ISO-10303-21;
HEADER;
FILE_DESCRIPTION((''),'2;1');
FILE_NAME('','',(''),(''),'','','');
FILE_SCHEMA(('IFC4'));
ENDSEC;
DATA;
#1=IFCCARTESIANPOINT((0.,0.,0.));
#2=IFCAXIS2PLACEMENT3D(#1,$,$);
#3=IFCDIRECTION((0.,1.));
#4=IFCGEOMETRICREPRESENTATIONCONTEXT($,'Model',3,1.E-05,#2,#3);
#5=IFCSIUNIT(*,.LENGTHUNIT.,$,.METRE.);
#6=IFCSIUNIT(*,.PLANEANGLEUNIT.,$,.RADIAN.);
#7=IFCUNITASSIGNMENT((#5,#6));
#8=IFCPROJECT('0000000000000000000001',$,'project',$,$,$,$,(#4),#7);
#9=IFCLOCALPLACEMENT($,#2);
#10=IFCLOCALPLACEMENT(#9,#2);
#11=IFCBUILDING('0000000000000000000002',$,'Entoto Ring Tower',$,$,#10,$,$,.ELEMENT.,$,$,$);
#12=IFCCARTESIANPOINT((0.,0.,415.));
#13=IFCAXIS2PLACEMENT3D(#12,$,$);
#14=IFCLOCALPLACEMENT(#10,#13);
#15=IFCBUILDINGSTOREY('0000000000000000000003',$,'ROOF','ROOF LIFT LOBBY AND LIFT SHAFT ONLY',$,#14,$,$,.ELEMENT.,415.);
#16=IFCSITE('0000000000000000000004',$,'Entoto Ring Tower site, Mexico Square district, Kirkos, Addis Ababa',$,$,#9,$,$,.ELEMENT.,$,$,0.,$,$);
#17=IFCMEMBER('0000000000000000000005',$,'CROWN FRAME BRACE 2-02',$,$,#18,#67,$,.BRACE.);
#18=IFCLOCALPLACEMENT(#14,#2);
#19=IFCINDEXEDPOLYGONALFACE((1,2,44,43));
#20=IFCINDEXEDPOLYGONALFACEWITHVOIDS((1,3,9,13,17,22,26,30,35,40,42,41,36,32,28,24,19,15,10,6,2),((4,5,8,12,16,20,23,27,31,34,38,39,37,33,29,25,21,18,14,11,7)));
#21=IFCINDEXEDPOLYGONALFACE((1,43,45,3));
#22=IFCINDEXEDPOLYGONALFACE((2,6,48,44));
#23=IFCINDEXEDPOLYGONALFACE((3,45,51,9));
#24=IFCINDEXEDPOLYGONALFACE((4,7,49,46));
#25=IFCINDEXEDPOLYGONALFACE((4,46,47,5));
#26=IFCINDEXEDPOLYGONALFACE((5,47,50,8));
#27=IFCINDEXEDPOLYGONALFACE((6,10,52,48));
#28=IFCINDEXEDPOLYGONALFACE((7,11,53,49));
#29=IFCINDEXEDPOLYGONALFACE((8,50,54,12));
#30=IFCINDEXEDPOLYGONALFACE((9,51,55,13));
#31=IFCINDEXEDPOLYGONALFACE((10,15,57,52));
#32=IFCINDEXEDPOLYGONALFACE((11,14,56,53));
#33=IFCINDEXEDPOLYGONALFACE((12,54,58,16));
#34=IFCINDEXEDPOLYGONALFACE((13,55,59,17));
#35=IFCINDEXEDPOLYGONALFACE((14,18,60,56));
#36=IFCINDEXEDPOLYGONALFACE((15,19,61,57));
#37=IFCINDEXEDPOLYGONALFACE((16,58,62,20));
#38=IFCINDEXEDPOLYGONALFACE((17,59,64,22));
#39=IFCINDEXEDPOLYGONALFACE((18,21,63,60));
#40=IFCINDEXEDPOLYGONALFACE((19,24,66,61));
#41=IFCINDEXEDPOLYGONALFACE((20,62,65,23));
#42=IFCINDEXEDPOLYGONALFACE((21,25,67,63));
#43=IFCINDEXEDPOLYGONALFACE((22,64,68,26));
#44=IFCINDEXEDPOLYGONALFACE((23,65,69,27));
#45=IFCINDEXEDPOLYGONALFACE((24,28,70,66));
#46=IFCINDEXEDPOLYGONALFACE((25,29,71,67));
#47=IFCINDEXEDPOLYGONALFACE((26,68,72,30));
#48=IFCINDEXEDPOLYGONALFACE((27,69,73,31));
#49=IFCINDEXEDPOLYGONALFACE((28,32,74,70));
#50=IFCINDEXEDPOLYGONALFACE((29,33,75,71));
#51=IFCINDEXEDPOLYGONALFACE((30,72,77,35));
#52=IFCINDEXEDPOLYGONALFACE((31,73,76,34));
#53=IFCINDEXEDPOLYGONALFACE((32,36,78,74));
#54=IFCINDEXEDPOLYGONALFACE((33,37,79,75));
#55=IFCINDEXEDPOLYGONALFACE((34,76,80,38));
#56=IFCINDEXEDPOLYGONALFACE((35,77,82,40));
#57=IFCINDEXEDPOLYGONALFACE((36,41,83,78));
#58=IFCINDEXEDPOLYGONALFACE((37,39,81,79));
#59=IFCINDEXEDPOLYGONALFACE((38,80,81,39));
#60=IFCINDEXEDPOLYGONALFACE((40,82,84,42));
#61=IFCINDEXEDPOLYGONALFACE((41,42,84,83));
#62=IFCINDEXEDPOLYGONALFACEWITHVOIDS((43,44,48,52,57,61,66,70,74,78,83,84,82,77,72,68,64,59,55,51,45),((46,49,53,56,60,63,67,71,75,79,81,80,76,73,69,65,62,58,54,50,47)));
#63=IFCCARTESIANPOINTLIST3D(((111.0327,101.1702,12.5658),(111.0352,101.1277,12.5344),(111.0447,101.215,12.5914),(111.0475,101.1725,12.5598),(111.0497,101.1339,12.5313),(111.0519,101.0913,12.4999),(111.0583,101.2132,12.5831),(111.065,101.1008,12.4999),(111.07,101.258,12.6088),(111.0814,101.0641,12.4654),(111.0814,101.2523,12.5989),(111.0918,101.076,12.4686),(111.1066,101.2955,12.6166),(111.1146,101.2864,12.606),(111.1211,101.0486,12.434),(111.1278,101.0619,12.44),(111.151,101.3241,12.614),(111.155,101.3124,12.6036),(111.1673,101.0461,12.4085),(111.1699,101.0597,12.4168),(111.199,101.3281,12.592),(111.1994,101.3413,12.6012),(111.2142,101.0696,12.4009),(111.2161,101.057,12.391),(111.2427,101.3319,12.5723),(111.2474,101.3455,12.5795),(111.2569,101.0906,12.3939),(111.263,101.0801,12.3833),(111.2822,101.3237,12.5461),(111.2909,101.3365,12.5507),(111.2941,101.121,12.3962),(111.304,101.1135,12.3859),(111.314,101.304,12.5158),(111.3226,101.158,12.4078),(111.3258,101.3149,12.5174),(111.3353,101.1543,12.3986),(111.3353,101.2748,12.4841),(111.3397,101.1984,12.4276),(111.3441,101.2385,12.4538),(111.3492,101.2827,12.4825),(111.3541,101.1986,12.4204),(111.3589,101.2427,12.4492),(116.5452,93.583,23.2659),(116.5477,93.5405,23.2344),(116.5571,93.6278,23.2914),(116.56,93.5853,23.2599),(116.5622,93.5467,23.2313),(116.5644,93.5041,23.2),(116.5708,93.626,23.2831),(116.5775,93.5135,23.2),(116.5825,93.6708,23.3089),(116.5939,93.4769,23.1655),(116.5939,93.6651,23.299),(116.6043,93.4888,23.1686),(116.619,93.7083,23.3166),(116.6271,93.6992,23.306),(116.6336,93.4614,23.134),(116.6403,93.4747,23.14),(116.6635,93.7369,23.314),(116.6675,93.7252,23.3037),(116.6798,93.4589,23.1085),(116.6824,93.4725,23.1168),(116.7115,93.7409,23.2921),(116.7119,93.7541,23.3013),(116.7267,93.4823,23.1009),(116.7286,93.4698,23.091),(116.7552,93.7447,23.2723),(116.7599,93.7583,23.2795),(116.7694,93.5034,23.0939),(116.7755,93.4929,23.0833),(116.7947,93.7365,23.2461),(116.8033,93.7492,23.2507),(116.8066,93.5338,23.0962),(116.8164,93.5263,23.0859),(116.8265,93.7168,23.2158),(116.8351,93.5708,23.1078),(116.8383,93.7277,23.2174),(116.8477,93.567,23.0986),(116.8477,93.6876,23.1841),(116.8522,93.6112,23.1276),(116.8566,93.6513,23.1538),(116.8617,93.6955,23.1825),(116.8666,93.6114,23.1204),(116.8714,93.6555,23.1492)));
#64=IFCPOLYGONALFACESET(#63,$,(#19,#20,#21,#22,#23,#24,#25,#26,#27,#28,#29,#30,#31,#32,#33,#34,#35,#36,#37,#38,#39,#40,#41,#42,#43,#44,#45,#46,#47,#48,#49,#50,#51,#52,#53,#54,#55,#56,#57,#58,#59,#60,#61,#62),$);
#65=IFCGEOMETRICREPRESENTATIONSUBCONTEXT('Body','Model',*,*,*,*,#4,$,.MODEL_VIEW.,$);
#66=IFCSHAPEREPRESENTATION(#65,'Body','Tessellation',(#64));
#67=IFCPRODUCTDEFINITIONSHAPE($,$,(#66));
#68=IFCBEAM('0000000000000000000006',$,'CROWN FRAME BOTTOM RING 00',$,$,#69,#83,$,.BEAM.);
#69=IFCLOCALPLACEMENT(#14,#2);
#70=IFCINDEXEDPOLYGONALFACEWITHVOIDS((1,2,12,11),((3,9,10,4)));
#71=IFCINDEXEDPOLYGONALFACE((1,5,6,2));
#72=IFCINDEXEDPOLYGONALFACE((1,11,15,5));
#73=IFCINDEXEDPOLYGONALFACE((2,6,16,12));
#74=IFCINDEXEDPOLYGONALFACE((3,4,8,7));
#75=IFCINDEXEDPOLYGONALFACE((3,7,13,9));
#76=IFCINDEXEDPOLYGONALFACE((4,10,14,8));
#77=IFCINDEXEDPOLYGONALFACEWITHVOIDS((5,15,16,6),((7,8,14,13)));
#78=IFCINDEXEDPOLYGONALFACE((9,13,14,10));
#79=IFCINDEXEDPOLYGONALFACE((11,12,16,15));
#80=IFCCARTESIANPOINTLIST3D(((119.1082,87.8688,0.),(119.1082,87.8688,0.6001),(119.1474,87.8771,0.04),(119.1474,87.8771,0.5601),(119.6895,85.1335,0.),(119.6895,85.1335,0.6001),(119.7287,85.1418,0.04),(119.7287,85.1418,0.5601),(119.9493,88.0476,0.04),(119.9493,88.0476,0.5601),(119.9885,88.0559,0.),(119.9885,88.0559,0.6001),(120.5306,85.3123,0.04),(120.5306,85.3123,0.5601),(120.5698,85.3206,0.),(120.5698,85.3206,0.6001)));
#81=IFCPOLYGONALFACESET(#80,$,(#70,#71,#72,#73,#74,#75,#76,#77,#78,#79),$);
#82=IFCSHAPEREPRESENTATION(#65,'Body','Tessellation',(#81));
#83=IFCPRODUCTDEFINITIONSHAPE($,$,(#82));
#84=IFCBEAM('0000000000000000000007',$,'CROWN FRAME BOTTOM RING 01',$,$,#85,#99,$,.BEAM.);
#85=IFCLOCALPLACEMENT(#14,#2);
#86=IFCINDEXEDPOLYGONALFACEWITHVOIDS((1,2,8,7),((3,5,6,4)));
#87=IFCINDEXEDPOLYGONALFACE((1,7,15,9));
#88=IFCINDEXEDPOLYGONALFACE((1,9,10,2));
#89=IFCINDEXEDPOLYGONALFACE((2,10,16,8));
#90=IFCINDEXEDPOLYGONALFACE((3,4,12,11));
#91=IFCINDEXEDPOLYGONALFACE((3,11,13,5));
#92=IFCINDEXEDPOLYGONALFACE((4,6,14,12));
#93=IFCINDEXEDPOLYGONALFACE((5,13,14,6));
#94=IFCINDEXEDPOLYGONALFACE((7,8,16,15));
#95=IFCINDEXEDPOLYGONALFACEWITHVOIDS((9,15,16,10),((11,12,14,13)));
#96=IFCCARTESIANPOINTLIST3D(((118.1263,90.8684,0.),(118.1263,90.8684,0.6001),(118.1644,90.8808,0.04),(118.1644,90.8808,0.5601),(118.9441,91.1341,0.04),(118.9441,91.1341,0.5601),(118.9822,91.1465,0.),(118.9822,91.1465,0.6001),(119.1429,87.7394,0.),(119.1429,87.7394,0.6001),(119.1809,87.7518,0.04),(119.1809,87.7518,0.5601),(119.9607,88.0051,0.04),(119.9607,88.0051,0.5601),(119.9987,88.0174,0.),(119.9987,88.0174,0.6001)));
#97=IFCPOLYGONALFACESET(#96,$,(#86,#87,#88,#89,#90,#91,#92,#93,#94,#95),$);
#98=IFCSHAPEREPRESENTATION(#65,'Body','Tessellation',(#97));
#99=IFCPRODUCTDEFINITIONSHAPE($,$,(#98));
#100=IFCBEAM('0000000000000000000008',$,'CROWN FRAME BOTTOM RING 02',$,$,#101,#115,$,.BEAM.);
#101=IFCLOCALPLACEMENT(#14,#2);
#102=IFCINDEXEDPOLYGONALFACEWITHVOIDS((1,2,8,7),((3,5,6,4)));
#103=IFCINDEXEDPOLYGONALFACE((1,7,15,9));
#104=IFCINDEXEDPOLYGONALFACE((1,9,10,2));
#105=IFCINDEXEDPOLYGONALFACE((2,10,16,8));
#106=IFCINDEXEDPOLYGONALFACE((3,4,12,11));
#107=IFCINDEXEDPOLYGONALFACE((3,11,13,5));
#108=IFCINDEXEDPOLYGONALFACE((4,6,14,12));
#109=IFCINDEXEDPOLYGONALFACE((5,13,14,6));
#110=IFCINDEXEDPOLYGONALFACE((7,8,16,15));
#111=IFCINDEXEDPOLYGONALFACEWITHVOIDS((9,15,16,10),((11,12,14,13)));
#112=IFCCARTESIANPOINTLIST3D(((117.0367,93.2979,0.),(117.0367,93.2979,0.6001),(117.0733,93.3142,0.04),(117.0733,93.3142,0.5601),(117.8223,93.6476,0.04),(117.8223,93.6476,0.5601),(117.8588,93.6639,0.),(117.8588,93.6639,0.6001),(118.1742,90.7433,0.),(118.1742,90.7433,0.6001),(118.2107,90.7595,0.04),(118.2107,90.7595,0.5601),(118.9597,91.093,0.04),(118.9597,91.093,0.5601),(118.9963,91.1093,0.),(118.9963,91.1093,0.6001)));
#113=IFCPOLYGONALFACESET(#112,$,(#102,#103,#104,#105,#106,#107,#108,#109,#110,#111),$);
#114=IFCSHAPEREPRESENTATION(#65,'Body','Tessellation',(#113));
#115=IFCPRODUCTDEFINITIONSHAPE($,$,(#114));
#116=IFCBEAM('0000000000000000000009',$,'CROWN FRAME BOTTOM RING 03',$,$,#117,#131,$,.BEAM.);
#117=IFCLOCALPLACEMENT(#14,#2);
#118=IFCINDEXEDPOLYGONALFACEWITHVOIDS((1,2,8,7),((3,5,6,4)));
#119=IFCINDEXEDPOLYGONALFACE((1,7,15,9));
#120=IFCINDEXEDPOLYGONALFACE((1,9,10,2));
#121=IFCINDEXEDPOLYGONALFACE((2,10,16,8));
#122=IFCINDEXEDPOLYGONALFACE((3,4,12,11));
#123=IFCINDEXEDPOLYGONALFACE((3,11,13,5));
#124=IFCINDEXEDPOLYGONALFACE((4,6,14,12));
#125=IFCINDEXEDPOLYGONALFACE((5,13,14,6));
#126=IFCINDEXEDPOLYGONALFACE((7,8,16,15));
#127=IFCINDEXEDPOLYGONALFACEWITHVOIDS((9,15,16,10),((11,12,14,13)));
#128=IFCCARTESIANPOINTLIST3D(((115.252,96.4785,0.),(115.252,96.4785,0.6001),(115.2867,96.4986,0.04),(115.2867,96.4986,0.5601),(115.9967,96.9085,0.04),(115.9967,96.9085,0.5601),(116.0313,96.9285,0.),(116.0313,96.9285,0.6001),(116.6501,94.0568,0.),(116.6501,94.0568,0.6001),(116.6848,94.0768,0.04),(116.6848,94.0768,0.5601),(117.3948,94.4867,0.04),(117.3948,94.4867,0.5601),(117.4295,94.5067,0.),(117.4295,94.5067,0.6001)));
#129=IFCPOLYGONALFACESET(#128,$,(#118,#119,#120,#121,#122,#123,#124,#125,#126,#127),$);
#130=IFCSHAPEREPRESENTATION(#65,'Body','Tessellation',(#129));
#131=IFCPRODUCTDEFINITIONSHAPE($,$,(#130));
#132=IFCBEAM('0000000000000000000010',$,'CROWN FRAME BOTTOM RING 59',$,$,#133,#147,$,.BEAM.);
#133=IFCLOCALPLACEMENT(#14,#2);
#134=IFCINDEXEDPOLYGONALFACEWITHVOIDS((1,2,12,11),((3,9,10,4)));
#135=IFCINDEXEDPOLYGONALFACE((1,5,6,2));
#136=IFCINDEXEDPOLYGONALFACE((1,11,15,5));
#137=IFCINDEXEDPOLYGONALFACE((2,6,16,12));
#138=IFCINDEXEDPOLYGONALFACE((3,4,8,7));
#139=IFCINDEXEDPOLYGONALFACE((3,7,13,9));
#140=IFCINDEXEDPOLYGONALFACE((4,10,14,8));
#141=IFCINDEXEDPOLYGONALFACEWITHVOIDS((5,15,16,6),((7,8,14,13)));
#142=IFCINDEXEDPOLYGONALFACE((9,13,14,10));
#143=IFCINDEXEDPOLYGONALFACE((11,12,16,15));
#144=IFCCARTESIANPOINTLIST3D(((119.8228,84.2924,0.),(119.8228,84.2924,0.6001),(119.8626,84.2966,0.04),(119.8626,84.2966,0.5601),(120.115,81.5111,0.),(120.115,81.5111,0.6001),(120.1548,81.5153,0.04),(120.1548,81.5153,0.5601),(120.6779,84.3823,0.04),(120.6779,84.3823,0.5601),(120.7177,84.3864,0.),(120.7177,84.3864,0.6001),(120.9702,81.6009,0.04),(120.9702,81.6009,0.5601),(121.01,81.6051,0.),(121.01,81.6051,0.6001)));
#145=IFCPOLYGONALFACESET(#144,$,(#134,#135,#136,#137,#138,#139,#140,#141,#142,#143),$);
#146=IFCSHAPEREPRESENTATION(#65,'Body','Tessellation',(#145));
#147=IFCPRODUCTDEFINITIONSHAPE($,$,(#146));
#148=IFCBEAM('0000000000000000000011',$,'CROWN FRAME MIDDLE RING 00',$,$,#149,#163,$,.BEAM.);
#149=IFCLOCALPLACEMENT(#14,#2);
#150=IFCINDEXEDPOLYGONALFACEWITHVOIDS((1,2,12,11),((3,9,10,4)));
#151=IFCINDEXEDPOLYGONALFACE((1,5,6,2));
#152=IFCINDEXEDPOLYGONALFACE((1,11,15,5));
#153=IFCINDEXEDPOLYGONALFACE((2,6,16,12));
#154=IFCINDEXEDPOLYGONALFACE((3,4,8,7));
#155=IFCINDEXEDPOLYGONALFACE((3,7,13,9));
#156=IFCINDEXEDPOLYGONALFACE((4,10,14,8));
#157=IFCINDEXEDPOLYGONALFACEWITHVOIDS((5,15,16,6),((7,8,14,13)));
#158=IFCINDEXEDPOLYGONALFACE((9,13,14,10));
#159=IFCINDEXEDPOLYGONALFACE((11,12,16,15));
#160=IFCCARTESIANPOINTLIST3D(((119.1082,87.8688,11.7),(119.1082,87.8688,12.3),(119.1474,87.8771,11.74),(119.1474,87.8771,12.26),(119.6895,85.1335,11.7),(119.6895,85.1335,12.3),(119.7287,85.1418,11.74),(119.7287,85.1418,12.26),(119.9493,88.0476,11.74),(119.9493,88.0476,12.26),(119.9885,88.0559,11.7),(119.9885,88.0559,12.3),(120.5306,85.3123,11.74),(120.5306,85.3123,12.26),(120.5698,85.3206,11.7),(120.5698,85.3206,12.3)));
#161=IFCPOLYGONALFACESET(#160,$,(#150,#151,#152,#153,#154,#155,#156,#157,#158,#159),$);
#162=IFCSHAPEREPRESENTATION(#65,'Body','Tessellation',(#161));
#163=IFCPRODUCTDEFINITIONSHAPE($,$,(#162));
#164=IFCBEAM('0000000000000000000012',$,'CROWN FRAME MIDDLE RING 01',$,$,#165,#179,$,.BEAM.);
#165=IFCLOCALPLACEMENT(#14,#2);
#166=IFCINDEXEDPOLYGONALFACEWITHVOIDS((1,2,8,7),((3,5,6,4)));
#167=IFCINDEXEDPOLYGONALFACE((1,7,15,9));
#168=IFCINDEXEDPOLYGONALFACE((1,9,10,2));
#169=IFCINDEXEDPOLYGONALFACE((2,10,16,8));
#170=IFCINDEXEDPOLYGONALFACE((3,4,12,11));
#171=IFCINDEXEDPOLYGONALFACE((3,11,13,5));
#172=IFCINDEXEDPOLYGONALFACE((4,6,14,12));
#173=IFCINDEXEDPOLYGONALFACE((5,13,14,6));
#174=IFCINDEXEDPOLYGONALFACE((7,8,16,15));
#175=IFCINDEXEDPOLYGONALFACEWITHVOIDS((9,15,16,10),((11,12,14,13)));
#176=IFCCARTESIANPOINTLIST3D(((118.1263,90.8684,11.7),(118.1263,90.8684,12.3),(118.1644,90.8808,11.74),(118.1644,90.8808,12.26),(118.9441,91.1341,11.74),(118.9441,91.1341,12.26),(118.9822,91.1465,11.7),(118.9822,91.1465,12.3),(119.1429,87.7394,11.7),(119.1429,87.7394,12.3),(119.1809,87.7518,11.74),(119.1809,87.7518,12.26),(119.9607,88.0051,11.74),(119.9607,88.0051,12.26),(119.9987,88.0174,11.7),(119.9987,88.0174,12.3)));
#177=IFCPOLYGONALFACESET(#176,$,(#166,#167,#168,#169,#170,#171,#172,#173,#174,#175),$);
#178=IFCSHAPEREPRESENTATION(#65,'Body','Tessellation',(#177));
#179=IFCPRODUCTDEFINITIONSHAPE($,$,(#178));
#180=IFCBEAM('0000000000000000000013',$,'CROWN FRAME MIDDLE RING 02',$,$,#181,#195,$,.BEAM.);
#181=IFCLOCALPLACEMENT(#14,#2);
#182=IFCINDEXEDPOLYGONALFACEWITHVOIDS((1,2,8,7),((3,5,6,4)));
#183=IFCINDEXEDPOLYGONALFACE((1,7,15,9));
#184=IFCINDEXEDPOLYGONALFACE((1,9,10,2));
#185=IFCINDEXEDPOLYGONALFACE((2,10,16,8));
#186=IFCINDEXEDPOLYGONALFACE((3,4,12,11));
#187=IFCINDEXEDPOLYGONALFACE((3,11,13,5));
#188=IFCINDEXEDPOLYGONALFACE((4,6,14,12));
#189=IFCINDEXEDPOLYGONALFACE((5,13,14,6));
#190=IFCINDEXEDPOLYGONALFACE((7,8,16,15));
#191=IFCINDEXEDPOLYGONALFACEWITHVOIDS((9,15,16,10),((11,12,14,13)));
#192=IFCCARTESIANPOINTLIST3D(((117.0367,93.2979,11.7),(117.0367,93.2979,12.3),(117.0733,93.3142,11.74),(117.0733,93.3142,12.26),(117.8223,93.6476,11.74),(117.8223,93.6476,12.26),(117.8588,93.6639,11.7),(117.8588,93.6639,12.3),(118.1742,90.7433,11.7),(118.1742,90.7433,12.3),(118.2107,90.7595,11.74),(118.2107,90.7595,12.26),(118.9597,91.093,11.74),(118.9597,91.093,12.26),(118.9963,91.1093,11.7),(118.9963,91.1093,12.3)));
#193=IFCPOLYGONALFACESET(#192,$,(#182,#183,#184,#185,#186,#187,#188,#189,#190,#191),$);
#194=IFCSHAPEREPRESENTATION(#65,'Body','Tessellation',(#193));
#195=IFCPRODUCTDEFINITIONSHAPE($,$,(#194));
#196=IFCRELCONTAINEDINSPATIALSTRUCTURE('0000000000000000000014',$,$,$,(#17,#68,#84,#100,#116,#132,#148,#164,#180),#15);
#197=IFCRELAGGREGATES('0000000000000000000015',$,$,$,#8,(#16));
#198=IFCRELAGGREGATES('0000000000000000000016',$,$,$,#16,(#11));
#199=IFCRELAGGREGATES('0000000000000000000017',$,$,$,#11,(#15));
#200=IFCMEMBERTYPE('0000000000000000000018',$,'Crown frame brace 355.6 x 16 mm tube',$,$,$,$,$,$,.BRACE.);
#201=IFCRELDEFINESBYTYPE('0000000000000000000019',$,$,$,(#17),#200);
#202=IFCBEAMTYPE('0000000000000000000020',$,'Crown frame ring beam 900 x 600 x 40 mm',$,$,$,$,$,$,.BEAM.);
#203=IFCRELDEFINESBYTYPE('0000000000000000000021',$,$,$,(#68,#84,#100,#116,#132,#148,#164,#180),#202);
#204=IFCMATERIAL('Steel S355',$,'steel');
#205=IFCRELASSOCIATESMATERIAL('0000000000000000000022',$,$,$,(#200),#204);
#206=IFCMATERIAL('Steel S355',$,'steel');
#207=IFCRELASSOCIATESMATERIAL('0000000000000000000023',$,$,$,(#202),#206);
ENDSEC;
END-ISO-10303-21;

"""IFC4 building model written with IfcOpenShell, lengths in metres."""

from ifc_helpers import new_model, si_unit, direction, frame, origin, origin_2d, place, context, subcontext, project, spatial, hollow_rectangle, hollow_circle, extrude, material, material_profile, profile_set, type_object, element, save


model = new_model("IFC4")

# Units and contexts
model_context = context("Model", 3, precision=1e-05, world=origin(), true_north=direction((0.0, 1.0)))
body_context = subcontext(model_context, "Body", "Model", "MODEL_VIEW")
ifc_project = project(units=[si_unit("LENGTHUNIT", "METRE"), si_unit("PLANEANGLEUNIT", "RADIAN")], contexts=[model_context])

# Site, building, storey
site_placement = place(None, origin())
site = spatial("IfcSite", under=ifc_project, at=site_placement, Name="Entoto Ring Tower site, Mexico Square district, Kirkos, Addis Ababa", CompositionType="ELEMENT", RefElevation=0.0)
building_placement = place(site_placement, origin())
building = spatial("IfcBuilding", under=site, at=building_placement, Name="Entoto Ring Tower", CompositionType="ELEMENT")
storey_placement = place(building_placement, frame((0.0, 0.0, 415.0)))
storey = spatial("IfcBuildingStorey", under=building, at=storey_placement, Name="ROOF", Description="ROOF LIFT LOBBY AND LIFT SHAFT ONLY", CompositionType="ELEMENT", Elevation=415.0)

# Member
ifc_material_1 = material(Name="Steel S355", Category="steel")
ifc_material_profile_1 = material_profile(ifc_material_1, hollow_circle(Radius=0.1775, WallThickness=0.0161, at=origin_2d()), Name="Crown frame brace 355.6 x 16 mm tube")
ifc_profile_set_1 = profile_set([ifc_material_profile_1], Name="Steel S355")
member_type_1 = type_object("IfcMemberType", Name="Crown frame brace 355.6 x 16 mm tube", PredefinedType="BRACE", material=ifc_profile_set_1)
member_1_placement = place(storey_placement, frame((116.708, 93.6084, 23.2), z_axis=(-0.387432, 0.533249, -0.752025), x_axis=(-0.809014, -0.587789, 0.0)))
element("IfcMember", 1, at=member_1_placement, inside=storey, type_object=member_type_1, Name="CROWN FRAME BRACE 2-02", PredefinedType="BRACE", context=body_context, shape_type="SweptSolid", body=[
    extrude(hollow_circle(Radius=0.1775, WallThickness=0.0161, at=origin_2d()), origin(), (0.0, 0.0, 1.0), 14.2283),
])

# Beams
ifc_material_2 = material(Name="Steel S355", Category="steel")
ifc_material_profile_2 = material_profile(ifc_material_2, hollow_rectangle(XDim=0.8999, YDim=0.6001, WallThickness=0.04, at=origin_2d()), Name="Crown frame ring beam 900 x 600 x 40 mm")
ifc_profile_set_2 = profile_set([ifc_material_profile_2], Name="Steel S355")
beam_type_1 = type_object("IfcBeamType", Name="Crown frame ring beam 900 x 600 x 40 mm", PredefinedType="BEAM", material=ifc_profile_set_2)
beam_1_placement = place(storey_placement, frame((120.1296, 85.2271, 0.3), z_axis=(-0.207871, 0.978156, 0.0), x_axis=(-0.978156, -0.207871, 0.0)))
element("IfcBeam", 2, at=beam_1_placement, inside=storey, type_object=beam_type_1, Name="CROWN FRAME BOTTOM RING 00", PredefinedType="BEAM", context=body_context, shape_type="SweptSolid", body=[
    extrude(hollow_rectangle(XDim=0.8999, YDim=0.6001, WallThickness=0.04, at=origin_2d()), origin(), (0.0, 0.0, 1.0), 2.7964),
])
beam_2_placement = place(storey_placement, frame((119.5708, 87.8784, 0.3), z_axis=(-0.308984, 0.951067, 0.0), x_axis=(-0.951067, -0.308984, 0.0)))
element("IfcBeam", 3, at=beam_2_placement, inside=storey, type_object=beam_type_1, Name="CROWN FRAME BOTTOM RING 01", PredefinedType="BEAM", context=body_context, shape_type="SweptSolid", body=[
    extrude(hollow_rectangle(XDim=0.8999, YDim=0.6001, WallThickness=0.04, at=origin_2d()), origin(), (0.0, 0.0, 1.0), 3.29),
])
for number, where, z_axis, x_axis, name in (
    (4, (118.5852, 90.9263, 0.3), (-0.406746, 0.913541, 0.0), (-0.913541, -0.406746, 0.0), "CROWN FRAME BOTTOM RING 02"),
    (5, (117.0398, 94.2817, 0.3), (-0.499979, 0.866037, 0.0), (-0.866037, -0.499979, 0.0), "CROWN FRAME BOTTOM RING 03"),
):
    element("IfcBeam", number, at=place(storey_placement, frame(where, z_axis=z_axis, x_axis=x_axis)), inside=storey, type_object=beam_type_1, Name=name, PredefinedType="BEAM", context=body_context, shape_type="SweptSolid", body=[
        extrude(hollow_rectangle(XDim=0.8999, YDim=0.6001, WallThickness=0.04, at=origin_2d()), origin(), (0.0, 0.0, 1.0), 2.7964),
    ])
beam_3_placement = place(storey_placement, frame((120.5625, 81.5581, 0.3), z_axis=(-0.104498, 0.994525, 0.0), x_axis=(-0.994525, -0.104498, 0.0)))
element("IfcBeam", 6, at=beam_3_placement, inside=storey, type_object=beam_type_1, Name="CROWN FRAME BOTTOM RING 59", PredefinedType="BEAM", context=body_context, shape_type="SweptSolid", body=[
    extrude(hollow_rectangle(XDim=0.8999, YDim=0.6001, WallThickness=0.04, at=origin_2d()), origin(), (0.0, 0.0, 1.0), 2.7966),
])
beam_4_placement = place(storey_placement, frame((120.1296, 85.2271, 12.0), z_axis=(-0.207871, 0.978156, 0.0), x_axis=(-0.978156, -0.207871, 0.0)))
element("IfcBeam", 7, at=beam_4_placement, inside=storey, type_object=beam_type_1, Name="CROWN FRAME MIDDLE RING 00", PredefinedType="BEAM", context=body_context, shape_type="SweptSolid", body=[
    extrude(hollow_rectangle(XDim=0.8999, YDim=0.6001, WallThickness=0.04, at=origin_2d()), origin(), (0.0, 0.0, 1.0), 2.7964),
])
beam_5_placement = place(storey_placement, frame((119.5708, 87.8784, 12.0), z_axis=(-0.308984, 0.951067, 0.0), x_axis=(-0.951067, -0.308984, 0.0)))
element("IfcBeam", 8, at=beam_5_placement, inside=storey, type_object=beam_type_1, Name="CROWN FRAME MIDDLE RING 01", PredefinedType="BEAM", context=body_context, shape_type="SweptSolid", body=[
    extrude(hollow_rectangle(XDim=0.8999, YDim=0.6001, WallThickness=0.04, at=origin_2d()), origin(), (0.0, 0.0, 1.0), 3.29),
])
for number, where, z_axis, x_axis, name in (
    (9, (118.5852, 90.9263, 12.0), (-0.406746, 0.913541, 0.0), (-0.913541, -0.406746, 0.0), "CROWN FRAME MIDDLE RING 02"),
):
    element("IfcBeam", number, at=place(storey_placement, frame(where, z_axis=z_axis, x_axis=x_axis)), inside=storey, type_object=beam_type_1, Name=name, PredefinedType="BEAM", context=body_context, shape_type="SweptSolid", body=[
        extrude(hollow_rectangle(XDim=0.8999, YDim=0.6001, WallThickness=0.04, at=origin_2d()), origin(), (0.0, 0.0, 1.0), 2.7964),
    ])

save(model, "model.ifc")
